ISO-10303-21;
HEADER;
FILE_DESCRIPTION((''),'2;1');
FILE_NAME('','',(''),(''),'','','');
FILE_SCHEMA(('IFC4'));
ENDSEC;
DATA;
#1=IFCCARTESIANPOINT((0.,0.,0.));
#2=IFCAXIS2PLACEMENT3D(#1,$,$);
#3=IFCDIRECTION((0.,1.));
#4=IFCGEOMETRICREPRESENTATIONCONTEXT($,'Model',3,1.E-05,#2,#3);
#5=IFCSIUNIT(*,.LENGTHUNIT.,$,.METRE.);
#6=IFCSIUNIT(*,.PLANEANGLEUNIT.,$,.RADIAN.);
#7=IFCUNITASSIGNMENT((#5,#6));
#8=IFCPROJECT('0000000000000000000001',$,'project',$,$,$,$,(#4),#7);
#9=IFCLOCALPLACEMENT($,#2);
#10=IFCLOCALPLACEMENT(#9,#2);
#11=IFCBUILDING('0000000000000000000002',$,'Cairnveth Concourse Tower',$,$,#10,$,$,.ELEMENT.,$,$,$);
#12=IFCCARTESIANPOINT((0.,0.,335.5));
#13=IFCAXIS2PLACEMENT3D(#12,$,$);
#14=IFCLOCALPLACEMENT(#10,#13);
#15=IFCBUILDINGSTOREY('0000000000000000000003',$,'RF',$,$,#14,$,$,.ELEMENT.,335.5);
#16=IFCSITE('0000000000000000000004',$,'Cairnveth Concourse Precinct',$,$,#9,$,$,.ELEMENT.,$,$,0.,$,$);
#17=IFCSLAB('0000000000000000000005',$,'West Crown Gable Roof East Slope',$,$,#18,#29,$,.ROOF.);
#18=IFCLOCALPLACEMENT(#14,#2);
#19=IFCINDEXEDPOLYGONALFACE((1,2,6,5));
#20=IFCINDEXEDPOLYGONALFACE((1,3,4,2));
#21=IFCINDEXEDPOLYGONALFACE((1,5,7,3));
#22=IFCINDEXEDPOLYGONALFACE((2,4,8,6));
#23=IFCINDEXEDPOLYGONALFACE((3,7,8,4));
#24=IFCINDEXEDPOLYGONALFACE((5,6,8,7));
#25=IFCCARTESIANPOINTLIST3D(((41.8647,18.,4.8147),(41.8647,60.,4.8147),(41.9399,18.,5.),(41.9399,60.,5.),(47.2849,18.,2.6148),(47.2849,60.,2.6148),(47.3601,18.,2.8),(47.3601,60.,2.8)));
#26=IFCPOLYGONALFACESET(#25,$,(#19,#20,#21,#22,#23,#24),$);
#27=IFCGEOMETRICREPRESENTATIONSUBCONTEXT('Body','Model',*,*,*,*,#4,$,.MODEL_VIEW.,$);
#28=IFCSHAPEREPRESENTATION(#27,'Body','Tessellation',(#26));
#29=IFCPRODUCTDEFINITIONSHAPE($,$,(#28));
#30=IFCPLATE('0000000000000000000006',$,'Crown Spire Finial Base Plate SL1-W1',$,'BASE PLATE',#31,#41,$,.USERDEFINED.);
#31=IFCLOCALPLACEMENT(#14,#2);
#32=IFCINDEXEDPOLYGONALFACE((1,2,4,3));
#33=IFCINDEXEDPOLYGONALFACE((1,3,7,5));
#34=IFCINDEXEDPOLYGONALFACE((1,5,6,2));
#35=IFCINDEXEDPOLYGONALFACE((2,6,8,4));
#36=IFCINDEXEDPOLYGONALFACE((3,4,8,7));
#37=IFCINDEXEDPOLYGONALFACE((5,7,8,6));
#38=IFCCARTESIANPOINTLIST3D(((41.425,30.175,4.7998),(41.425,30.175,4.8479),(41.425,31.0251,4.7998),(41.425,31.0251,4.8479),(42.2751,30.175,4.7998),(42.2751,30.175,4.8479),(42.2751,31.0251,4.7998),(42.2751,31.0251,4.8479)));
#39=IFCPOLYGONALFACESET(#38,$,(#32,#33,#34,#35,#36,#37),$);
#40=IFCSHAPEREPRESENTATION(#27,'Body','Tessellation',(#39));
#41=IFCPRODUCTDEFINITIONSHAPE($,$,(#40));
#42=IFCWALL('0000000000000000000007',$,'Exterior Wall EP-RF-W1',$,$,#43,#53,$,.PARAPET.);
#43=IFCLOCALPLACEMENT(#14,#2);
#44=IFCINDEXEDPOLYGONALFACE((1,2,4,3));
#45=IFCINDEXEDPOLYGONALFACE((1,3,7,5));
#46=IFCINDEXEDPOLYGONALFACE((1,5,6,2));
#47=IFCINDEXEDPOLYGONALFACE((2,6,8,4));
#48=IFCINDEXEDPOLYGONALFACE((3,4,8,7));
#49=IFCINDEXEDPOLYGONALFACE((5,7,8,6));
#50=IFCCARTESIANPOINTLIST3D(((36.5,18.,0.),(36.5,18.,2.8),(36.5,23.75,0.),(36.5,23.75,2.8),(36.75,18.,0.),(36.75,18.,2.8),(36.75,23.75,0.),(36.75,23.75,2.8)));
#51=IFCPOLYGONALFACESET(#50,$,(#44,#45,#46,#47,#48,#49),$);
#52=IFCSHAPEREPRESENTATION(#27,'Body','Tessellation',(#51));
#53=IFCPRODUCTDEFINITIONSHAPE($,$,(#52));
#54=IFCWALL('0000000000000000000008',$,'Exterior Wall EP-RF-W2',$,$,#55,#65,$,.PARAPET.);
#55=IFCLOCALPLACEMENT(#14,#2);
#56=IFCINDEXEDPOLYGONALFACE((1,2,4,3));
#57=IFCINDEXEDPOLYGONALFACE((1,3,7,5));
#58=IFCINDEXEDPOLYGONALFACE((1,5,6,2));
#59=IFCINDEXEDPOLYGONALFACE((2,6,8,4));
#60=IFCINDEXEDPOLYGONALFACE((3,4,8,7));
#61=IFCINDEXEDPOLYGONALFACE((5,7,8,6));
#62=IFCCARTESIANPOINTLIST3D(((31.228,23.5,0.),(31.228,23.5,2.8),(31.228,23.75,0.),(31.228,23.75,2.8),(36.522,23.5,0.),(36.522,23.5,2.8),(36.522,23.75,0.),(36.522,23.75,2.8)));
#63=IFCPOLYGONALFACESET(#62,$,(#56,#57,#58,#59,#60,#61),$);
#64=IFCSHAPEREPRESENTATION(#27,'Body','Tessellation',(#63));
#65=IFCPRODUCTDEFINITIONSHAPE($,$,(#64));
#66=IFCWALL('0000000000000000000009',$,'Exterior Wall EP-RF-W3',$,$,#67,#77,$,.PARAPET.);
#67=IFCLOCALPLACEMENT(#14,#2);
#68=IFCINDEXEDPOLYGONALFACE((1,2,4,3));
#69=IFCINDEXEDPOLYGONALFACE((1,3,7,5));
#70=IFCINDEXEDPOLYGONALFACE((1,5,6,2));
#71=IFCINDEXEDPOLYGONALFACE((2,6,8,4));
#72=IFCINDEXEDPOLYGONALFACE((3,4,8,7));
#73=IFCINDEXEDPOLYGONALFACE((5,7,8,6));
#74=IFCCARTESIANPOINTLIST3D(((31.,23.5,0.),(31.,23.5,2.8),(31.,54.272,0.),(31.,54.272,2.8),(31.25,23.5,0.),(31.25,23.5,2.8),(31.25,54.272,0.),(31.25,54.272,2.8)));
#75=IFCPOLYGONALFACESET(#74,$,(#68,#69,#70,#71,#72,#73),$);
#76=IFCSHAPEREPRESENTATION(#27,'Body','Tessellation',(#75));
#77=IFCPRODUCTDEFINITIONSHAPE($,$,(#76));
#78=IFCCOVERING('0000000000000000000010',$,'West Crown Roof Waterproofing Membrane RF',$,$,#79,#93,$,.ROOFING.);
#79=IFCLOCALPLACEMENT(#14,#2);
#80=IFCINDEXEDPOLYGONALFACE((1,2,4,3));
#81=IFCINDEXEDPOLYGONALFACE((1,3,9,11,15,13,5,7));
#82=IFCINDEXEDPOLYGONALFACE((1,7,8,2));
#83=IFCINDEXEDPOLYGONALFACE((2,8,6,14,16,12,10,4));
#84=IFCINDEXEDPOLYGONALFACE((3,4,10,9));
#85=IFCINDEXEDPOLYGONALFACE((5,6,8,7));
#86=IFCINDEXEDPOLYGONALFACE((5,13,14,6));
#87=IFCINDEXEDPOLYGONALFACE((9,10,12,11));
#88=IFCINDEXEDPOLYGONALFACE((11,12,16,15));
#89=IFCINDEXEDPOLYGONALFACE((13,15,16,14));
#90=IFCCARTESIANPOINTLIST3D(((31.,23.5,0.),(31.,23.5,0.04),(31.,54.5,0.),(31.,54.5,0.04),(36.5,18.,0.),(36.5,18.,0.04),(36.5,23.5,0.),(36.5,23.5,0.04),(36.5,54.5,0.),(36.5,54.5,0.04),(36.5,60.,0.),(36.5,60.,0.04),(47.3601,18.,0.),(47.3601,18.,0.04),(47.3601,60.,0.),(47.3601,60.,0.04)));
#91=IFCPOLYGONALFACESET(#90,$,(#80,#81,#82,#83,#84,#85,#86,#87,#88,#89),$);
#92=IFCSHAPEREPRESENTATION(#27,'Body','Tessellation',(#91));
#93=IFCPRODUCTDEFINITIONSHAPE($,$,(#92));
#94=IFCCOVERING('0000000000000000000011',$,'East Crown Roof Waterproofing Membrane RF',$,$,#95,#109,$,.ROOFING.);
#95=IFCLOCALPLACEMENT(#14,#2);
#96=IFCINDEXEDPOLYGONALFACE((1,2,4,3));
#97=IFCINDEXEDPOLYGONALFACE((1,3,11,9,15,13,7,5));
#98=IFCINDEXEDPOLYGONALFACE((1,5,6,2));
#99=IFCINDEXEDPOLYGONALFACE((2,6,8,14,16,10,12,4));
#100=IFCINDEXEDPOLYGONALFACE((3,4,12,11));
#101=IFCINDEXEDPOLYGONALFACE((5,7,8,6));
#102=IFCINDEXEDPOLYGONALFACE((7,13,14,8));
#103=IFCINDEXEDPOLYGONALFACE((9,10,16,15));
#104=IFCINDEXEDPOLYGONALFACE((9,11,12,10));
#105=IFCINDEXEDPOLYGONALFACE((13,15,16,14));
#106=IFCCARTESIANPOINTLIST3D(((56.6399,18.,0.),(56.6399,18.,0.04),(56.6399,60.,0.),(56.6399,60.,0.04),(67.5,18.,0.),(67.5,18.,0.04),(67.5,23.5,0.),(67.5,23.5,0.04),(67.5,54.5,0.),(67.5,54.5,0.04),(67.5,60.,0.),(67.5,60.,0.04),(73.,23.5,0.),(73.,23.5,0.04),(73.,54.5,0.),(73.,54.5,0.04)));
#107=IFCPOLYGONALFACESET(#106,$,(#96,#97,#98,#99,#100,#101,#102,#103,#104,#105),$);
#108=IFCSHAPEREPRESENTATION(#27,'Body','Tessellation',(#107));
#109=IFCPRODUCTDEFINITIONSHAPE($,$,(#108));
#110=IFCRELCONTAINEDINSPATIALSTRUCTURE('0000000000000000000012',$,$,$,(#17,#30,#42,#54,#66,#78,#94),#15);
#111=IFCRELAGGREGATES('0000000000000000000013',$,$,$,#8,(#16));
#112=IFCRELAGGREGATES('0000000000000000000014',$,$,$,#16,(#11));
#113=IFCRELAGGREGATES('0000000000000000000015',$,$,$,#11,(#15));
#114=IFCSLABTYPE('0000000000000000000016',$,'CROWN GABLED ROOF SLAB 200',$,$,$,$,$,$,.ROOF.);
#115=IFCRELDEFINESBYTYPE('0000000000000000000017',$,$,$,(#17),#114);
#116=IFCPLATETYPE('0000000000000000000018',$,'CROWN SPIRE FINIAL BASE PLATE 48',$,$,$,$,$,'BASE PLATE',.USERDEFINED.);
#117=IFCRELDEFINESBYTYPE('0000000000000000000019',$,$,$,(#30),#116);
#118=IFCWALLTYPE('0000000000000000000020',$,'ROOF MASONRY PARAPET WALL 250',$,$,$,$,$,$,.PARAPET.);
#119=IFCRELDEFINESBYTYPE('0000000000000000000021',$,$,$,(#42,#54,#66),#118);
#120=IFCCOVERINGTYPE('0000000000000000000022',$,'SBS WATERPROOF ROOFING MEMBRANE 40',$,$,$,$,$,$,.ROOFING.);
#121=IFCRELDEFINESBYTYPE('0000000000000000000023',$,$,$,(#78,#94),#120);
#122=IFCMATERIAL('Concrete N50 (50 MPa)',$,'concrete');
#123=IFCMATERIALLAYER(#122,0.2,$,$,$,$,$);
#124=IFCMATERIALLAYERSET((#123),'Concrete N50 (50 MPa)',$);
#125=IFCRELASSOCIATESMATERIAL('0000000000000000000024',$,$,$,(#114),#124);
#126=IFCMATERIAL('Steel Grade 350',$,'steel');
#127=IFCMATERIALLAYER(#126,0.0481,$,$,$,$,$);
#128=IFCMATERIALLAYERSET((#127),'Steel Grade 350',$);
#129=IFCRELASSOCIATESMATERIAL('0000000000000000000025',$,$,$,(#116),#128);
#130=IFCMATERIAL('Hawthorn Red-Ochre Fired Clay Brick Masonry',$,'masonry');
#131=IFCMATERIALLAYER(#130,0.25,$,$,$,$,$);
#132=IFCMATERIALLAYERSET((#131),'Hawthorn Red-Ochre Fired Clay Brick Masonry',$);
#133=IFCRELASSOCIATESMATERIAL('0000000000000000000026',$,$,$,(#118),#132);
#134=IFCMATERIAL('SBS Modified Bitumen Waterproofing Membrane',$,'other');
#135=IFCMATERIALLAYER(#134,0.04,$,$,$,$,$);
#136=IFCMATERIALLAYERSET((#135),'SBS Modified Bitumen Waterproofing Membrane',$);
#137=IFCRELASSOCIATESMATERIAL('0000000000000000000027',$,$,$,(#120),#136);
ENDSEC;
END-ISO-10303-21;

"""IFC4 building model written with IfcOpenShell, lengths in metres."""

from ifc_helpers import new_model, si_unit, direction, frame, frame_2d, origin, origin_2d, place, context, subcontext, project, spatial, polyline, rectangle, outline, extrude, material, layer, layer_set, type_object, element, save


model = new_model("IFC4")

# Units and contexts
model_context = context("Model", 3, precision=1e-05, world=origin(), true_north=direction((0.0, 1.0)))
body_context = subcontext(model_context, "Body", "Model", "MODEL_VIEW")
ifc_project = project(units=[si_unit("LENGTHUNIT", "METRE"), si_unit("PLANEANGLEUNIT", "RADIAN")], contexts=[model_context])

# Site, building, storey
site_placement = place(None, origin())
site = spatial("IfcSite", under=ifc_project, at=site_placement, Name="Cairnveth Concourse Precinct", CompositionType="ELEMENT", RefElevation=0.0)
building_placement = place(site_placement, origin())
building = spatial("IfcBuilding", under=site, at=building_placement, Name="Cairnveth Concourse Tower", CompositionType="ELEMENT")
storey_placement = place(building_placement, frame((0.0, 0.0, 335.5)))
storey = spatial("IfcBuildingStorey", under=building, at=storey_placement, Name="RF", CompositionType="ELEMENT", Elevation=335.5)

# Shared definitions
ifc_material_1 = material(Name="Steel Grade 350", Category="steel")

# Slab
ifc_material_2 = material(Name="Concrete N50 (50 MPa)", Category="concrete")
ifc_layer_1 = layer(ifc_material_2, 0.2)
ifc_layer_set_1 = layer_set([ifc_layer_1], Name="Concrete N50 (50 MPa)")
slab_type_1 = type_object("IfcSlabType", Name="CROWN GABLED ROOF SLAB 200", PredefinedType="ROOF", material=ifc_layer_set_1)
slab_1_placement = place(storey_placement, frame((41.9399, 18.0, 5.0), z_axis=(0.376085, 0.0, 0.926585), x_axis=(0.926585, 0.0, -0.376085)))
element("IfcSlab", 1, at=slab_1_placement, inside=storey, type_object=slab_type_1, Name="West Crown Gable Roof East Slope", PredefinedType="ROOF", context=body_context, shape_type="SweptSolid", body=[
    extrude(outline(polyline([(0.0, 0.0), (5.8496, 0.0), (5.8496, 42.0), (0.0, 42.0), (0.0, 0.0)])), origin(), (0.0, 0.0, -1.0), 0.2),
])

# Plate
ifc_layer_2 = layer(ifc_material_1, 0.0481)
ifc_layer_set_2 = layer_set([ifc_layer_2], Name="Steel Grade 350")
plate_type_1 = type_object("IfcPlateType", Name="CROWN SPIRE FINIAL BASE PLATE 48", ElementType="BASE PLATE", PredefinedType="USERDEFINED", material=ifc_layer_set_2)
plate_placement = place(storey_placement, frame((41.8501, 30.6001, 4.7998), z_axis=(0.0, 0.0, 1.0), x_axis=(1.0, 0.0, 0.0)))
element("IfcPlate", 2, at=plate_placement, inside=storey, type_object=plate_type_1, Name="Crown Spire Finial Base Plate SL1-W1", ObjectType="BASE PLATE", PredefinedType="USERDEFINED", context=body_context, shape_type="SweptSolid", body=[
    extrude(rectangle(XDim=0.8501, YDim=0.8501, at=origin_2d()), origin(), (0.0, 0.0, 1.0), 0.0481),
])

# Walls
ifc_material_3 = material(Name="Hawthorn Red-Ochre Fired Clay Brick Masonry", Category="masonry")
ifc_layer_3 = layer(ifc_material_3, 0.25)
ifc_layer_set_3 = layer_set([ifc_layer_3], Name="Hawthorn Red-Ochre Fired Clay Brick Masonry")
wall_type = type_object("IfcWallType", Name="ROOF MASONRY PARAPET WALL 250", PredefinedType="PARAPET", material=ifc_layer_set_3)
wall_1_placement = place(storey_placement, frame((36.625, 18.0, 0.0), z_axis=(0.0, 0.0, 1.0), x_axis=(0.0, 1.0, 0.0)))
element("IfcWall", 3, at=wall_1_placement, inside=storey, type_object=wall_type, Name="Exterior Wall EP-RF-W1", PredefinedType="PARAPET", context=body_context, shape_type="SweptSolid", body=[
    extrude(rectangle(XDim=5.75, YDim=0.25, at=frame_2d((2.875, 0.0))), origin(), (0.0, 0.0, 1.0), 2.8),
])
wall_2_placement = place(storey_placement, frame((36.522, 23.625, 0.0), z_axis=(0.0, 0.0, 1.0), x_axis=(-1.0, 0.0, 0.0)))
element("IfcWall", 4, at=wall_2_placement, inside=storey, type_object=wall_type, Name="Exterior Wall EP-RF-W2", PredefinedType="PARAPET", context=body_context, shape_type="SweptSolid", body=[
    extrude(rectangle(XDim=5.2939, YDim=0.25, at=frame_2d((2.647, 0.0))), origin(), (0.0, 0.0, 1.0), 2.8),
])
wall_3_placement = place(storey_placement, frame((31.125, 23.5, 0.0), z_axis=(0.0, 0.0, 1.0), x_axis=(0.0, 1.0, 0.0)))
element("IfcWall", 5, at=wall_3_placement, inside=storey, type_object=wall_type, Name="Exterior Wall EP-RF-W3", PredefinedType="PARAPET", context=body_context, shape_type="SweptSolid", body=[
    extrude(rectangle(XDim=30.772, YDim=0.25, at=frame_2d((15.386, 0.0))), origin(), (0.0, 0.0, 1.0), 2.8),
])

# Coverings
ifc_material_4 = material(Name="SBS Modified Bitumen Waterproofing Membrane", Category="other")
ifc_layer_4 = layer(ifc_material_4, 0.04)
ifc_layer_set_4 = layer_set([ifc_layer_4], Name="SBS Modified Bitumen Waterproofing Membrane")
covering_type = type_object("IfcCoveringType", Name="SBS WATERPROOF ROOFING MEMBRANE 40", PredefinedType="ROOFING", material=ifc_layer_set_4)
covering_1_placement = place(storey_placement, origin())
element("IfcCovering", 6, at=covering_1_placement, inside=storey, type_object=covering_type, Name="West Crown Roof Waterproofing Membrane RF", PredefinedType="ROOFING", context=body_context, shape_type="SweptSolid", body=[
    extrude(outline(polyline([(36.5, 18.0), (47.3601, 18.0), (47.3601, 60.0), (36.5, 60.0), (36.5, 54.5), (31.0, 54.5), (31.0, 23.5), (36.5, 23.5), (36.5, 18.0)])), origin(), (0.0, 0.0, 1.0), 0.04),
])
covering_2_placement = place(storey_placement, origin())
element("IfcCovering", 7, at=covering_2_placement, inside=storey, type_object=covering_type, Name="East Crown Roof Waterproofing Membrane RF", PredefinedType="ROOFING", context=body_context, shape_type="SweptSolid", body=[
    extrude(outline(polyline([(56.6399, 18.0), (67.5, 18.0), (67.5, 23.5), (73.0, 23.5), (73.0, 54.5), (67.5, 54.5), (67.5, 60.0), (56.6399, 60.0), (56.6399, 18.0)])), origin(), (0.0, 0.0, 1.0), 0.04),
])

save(model, "model.ifc")
